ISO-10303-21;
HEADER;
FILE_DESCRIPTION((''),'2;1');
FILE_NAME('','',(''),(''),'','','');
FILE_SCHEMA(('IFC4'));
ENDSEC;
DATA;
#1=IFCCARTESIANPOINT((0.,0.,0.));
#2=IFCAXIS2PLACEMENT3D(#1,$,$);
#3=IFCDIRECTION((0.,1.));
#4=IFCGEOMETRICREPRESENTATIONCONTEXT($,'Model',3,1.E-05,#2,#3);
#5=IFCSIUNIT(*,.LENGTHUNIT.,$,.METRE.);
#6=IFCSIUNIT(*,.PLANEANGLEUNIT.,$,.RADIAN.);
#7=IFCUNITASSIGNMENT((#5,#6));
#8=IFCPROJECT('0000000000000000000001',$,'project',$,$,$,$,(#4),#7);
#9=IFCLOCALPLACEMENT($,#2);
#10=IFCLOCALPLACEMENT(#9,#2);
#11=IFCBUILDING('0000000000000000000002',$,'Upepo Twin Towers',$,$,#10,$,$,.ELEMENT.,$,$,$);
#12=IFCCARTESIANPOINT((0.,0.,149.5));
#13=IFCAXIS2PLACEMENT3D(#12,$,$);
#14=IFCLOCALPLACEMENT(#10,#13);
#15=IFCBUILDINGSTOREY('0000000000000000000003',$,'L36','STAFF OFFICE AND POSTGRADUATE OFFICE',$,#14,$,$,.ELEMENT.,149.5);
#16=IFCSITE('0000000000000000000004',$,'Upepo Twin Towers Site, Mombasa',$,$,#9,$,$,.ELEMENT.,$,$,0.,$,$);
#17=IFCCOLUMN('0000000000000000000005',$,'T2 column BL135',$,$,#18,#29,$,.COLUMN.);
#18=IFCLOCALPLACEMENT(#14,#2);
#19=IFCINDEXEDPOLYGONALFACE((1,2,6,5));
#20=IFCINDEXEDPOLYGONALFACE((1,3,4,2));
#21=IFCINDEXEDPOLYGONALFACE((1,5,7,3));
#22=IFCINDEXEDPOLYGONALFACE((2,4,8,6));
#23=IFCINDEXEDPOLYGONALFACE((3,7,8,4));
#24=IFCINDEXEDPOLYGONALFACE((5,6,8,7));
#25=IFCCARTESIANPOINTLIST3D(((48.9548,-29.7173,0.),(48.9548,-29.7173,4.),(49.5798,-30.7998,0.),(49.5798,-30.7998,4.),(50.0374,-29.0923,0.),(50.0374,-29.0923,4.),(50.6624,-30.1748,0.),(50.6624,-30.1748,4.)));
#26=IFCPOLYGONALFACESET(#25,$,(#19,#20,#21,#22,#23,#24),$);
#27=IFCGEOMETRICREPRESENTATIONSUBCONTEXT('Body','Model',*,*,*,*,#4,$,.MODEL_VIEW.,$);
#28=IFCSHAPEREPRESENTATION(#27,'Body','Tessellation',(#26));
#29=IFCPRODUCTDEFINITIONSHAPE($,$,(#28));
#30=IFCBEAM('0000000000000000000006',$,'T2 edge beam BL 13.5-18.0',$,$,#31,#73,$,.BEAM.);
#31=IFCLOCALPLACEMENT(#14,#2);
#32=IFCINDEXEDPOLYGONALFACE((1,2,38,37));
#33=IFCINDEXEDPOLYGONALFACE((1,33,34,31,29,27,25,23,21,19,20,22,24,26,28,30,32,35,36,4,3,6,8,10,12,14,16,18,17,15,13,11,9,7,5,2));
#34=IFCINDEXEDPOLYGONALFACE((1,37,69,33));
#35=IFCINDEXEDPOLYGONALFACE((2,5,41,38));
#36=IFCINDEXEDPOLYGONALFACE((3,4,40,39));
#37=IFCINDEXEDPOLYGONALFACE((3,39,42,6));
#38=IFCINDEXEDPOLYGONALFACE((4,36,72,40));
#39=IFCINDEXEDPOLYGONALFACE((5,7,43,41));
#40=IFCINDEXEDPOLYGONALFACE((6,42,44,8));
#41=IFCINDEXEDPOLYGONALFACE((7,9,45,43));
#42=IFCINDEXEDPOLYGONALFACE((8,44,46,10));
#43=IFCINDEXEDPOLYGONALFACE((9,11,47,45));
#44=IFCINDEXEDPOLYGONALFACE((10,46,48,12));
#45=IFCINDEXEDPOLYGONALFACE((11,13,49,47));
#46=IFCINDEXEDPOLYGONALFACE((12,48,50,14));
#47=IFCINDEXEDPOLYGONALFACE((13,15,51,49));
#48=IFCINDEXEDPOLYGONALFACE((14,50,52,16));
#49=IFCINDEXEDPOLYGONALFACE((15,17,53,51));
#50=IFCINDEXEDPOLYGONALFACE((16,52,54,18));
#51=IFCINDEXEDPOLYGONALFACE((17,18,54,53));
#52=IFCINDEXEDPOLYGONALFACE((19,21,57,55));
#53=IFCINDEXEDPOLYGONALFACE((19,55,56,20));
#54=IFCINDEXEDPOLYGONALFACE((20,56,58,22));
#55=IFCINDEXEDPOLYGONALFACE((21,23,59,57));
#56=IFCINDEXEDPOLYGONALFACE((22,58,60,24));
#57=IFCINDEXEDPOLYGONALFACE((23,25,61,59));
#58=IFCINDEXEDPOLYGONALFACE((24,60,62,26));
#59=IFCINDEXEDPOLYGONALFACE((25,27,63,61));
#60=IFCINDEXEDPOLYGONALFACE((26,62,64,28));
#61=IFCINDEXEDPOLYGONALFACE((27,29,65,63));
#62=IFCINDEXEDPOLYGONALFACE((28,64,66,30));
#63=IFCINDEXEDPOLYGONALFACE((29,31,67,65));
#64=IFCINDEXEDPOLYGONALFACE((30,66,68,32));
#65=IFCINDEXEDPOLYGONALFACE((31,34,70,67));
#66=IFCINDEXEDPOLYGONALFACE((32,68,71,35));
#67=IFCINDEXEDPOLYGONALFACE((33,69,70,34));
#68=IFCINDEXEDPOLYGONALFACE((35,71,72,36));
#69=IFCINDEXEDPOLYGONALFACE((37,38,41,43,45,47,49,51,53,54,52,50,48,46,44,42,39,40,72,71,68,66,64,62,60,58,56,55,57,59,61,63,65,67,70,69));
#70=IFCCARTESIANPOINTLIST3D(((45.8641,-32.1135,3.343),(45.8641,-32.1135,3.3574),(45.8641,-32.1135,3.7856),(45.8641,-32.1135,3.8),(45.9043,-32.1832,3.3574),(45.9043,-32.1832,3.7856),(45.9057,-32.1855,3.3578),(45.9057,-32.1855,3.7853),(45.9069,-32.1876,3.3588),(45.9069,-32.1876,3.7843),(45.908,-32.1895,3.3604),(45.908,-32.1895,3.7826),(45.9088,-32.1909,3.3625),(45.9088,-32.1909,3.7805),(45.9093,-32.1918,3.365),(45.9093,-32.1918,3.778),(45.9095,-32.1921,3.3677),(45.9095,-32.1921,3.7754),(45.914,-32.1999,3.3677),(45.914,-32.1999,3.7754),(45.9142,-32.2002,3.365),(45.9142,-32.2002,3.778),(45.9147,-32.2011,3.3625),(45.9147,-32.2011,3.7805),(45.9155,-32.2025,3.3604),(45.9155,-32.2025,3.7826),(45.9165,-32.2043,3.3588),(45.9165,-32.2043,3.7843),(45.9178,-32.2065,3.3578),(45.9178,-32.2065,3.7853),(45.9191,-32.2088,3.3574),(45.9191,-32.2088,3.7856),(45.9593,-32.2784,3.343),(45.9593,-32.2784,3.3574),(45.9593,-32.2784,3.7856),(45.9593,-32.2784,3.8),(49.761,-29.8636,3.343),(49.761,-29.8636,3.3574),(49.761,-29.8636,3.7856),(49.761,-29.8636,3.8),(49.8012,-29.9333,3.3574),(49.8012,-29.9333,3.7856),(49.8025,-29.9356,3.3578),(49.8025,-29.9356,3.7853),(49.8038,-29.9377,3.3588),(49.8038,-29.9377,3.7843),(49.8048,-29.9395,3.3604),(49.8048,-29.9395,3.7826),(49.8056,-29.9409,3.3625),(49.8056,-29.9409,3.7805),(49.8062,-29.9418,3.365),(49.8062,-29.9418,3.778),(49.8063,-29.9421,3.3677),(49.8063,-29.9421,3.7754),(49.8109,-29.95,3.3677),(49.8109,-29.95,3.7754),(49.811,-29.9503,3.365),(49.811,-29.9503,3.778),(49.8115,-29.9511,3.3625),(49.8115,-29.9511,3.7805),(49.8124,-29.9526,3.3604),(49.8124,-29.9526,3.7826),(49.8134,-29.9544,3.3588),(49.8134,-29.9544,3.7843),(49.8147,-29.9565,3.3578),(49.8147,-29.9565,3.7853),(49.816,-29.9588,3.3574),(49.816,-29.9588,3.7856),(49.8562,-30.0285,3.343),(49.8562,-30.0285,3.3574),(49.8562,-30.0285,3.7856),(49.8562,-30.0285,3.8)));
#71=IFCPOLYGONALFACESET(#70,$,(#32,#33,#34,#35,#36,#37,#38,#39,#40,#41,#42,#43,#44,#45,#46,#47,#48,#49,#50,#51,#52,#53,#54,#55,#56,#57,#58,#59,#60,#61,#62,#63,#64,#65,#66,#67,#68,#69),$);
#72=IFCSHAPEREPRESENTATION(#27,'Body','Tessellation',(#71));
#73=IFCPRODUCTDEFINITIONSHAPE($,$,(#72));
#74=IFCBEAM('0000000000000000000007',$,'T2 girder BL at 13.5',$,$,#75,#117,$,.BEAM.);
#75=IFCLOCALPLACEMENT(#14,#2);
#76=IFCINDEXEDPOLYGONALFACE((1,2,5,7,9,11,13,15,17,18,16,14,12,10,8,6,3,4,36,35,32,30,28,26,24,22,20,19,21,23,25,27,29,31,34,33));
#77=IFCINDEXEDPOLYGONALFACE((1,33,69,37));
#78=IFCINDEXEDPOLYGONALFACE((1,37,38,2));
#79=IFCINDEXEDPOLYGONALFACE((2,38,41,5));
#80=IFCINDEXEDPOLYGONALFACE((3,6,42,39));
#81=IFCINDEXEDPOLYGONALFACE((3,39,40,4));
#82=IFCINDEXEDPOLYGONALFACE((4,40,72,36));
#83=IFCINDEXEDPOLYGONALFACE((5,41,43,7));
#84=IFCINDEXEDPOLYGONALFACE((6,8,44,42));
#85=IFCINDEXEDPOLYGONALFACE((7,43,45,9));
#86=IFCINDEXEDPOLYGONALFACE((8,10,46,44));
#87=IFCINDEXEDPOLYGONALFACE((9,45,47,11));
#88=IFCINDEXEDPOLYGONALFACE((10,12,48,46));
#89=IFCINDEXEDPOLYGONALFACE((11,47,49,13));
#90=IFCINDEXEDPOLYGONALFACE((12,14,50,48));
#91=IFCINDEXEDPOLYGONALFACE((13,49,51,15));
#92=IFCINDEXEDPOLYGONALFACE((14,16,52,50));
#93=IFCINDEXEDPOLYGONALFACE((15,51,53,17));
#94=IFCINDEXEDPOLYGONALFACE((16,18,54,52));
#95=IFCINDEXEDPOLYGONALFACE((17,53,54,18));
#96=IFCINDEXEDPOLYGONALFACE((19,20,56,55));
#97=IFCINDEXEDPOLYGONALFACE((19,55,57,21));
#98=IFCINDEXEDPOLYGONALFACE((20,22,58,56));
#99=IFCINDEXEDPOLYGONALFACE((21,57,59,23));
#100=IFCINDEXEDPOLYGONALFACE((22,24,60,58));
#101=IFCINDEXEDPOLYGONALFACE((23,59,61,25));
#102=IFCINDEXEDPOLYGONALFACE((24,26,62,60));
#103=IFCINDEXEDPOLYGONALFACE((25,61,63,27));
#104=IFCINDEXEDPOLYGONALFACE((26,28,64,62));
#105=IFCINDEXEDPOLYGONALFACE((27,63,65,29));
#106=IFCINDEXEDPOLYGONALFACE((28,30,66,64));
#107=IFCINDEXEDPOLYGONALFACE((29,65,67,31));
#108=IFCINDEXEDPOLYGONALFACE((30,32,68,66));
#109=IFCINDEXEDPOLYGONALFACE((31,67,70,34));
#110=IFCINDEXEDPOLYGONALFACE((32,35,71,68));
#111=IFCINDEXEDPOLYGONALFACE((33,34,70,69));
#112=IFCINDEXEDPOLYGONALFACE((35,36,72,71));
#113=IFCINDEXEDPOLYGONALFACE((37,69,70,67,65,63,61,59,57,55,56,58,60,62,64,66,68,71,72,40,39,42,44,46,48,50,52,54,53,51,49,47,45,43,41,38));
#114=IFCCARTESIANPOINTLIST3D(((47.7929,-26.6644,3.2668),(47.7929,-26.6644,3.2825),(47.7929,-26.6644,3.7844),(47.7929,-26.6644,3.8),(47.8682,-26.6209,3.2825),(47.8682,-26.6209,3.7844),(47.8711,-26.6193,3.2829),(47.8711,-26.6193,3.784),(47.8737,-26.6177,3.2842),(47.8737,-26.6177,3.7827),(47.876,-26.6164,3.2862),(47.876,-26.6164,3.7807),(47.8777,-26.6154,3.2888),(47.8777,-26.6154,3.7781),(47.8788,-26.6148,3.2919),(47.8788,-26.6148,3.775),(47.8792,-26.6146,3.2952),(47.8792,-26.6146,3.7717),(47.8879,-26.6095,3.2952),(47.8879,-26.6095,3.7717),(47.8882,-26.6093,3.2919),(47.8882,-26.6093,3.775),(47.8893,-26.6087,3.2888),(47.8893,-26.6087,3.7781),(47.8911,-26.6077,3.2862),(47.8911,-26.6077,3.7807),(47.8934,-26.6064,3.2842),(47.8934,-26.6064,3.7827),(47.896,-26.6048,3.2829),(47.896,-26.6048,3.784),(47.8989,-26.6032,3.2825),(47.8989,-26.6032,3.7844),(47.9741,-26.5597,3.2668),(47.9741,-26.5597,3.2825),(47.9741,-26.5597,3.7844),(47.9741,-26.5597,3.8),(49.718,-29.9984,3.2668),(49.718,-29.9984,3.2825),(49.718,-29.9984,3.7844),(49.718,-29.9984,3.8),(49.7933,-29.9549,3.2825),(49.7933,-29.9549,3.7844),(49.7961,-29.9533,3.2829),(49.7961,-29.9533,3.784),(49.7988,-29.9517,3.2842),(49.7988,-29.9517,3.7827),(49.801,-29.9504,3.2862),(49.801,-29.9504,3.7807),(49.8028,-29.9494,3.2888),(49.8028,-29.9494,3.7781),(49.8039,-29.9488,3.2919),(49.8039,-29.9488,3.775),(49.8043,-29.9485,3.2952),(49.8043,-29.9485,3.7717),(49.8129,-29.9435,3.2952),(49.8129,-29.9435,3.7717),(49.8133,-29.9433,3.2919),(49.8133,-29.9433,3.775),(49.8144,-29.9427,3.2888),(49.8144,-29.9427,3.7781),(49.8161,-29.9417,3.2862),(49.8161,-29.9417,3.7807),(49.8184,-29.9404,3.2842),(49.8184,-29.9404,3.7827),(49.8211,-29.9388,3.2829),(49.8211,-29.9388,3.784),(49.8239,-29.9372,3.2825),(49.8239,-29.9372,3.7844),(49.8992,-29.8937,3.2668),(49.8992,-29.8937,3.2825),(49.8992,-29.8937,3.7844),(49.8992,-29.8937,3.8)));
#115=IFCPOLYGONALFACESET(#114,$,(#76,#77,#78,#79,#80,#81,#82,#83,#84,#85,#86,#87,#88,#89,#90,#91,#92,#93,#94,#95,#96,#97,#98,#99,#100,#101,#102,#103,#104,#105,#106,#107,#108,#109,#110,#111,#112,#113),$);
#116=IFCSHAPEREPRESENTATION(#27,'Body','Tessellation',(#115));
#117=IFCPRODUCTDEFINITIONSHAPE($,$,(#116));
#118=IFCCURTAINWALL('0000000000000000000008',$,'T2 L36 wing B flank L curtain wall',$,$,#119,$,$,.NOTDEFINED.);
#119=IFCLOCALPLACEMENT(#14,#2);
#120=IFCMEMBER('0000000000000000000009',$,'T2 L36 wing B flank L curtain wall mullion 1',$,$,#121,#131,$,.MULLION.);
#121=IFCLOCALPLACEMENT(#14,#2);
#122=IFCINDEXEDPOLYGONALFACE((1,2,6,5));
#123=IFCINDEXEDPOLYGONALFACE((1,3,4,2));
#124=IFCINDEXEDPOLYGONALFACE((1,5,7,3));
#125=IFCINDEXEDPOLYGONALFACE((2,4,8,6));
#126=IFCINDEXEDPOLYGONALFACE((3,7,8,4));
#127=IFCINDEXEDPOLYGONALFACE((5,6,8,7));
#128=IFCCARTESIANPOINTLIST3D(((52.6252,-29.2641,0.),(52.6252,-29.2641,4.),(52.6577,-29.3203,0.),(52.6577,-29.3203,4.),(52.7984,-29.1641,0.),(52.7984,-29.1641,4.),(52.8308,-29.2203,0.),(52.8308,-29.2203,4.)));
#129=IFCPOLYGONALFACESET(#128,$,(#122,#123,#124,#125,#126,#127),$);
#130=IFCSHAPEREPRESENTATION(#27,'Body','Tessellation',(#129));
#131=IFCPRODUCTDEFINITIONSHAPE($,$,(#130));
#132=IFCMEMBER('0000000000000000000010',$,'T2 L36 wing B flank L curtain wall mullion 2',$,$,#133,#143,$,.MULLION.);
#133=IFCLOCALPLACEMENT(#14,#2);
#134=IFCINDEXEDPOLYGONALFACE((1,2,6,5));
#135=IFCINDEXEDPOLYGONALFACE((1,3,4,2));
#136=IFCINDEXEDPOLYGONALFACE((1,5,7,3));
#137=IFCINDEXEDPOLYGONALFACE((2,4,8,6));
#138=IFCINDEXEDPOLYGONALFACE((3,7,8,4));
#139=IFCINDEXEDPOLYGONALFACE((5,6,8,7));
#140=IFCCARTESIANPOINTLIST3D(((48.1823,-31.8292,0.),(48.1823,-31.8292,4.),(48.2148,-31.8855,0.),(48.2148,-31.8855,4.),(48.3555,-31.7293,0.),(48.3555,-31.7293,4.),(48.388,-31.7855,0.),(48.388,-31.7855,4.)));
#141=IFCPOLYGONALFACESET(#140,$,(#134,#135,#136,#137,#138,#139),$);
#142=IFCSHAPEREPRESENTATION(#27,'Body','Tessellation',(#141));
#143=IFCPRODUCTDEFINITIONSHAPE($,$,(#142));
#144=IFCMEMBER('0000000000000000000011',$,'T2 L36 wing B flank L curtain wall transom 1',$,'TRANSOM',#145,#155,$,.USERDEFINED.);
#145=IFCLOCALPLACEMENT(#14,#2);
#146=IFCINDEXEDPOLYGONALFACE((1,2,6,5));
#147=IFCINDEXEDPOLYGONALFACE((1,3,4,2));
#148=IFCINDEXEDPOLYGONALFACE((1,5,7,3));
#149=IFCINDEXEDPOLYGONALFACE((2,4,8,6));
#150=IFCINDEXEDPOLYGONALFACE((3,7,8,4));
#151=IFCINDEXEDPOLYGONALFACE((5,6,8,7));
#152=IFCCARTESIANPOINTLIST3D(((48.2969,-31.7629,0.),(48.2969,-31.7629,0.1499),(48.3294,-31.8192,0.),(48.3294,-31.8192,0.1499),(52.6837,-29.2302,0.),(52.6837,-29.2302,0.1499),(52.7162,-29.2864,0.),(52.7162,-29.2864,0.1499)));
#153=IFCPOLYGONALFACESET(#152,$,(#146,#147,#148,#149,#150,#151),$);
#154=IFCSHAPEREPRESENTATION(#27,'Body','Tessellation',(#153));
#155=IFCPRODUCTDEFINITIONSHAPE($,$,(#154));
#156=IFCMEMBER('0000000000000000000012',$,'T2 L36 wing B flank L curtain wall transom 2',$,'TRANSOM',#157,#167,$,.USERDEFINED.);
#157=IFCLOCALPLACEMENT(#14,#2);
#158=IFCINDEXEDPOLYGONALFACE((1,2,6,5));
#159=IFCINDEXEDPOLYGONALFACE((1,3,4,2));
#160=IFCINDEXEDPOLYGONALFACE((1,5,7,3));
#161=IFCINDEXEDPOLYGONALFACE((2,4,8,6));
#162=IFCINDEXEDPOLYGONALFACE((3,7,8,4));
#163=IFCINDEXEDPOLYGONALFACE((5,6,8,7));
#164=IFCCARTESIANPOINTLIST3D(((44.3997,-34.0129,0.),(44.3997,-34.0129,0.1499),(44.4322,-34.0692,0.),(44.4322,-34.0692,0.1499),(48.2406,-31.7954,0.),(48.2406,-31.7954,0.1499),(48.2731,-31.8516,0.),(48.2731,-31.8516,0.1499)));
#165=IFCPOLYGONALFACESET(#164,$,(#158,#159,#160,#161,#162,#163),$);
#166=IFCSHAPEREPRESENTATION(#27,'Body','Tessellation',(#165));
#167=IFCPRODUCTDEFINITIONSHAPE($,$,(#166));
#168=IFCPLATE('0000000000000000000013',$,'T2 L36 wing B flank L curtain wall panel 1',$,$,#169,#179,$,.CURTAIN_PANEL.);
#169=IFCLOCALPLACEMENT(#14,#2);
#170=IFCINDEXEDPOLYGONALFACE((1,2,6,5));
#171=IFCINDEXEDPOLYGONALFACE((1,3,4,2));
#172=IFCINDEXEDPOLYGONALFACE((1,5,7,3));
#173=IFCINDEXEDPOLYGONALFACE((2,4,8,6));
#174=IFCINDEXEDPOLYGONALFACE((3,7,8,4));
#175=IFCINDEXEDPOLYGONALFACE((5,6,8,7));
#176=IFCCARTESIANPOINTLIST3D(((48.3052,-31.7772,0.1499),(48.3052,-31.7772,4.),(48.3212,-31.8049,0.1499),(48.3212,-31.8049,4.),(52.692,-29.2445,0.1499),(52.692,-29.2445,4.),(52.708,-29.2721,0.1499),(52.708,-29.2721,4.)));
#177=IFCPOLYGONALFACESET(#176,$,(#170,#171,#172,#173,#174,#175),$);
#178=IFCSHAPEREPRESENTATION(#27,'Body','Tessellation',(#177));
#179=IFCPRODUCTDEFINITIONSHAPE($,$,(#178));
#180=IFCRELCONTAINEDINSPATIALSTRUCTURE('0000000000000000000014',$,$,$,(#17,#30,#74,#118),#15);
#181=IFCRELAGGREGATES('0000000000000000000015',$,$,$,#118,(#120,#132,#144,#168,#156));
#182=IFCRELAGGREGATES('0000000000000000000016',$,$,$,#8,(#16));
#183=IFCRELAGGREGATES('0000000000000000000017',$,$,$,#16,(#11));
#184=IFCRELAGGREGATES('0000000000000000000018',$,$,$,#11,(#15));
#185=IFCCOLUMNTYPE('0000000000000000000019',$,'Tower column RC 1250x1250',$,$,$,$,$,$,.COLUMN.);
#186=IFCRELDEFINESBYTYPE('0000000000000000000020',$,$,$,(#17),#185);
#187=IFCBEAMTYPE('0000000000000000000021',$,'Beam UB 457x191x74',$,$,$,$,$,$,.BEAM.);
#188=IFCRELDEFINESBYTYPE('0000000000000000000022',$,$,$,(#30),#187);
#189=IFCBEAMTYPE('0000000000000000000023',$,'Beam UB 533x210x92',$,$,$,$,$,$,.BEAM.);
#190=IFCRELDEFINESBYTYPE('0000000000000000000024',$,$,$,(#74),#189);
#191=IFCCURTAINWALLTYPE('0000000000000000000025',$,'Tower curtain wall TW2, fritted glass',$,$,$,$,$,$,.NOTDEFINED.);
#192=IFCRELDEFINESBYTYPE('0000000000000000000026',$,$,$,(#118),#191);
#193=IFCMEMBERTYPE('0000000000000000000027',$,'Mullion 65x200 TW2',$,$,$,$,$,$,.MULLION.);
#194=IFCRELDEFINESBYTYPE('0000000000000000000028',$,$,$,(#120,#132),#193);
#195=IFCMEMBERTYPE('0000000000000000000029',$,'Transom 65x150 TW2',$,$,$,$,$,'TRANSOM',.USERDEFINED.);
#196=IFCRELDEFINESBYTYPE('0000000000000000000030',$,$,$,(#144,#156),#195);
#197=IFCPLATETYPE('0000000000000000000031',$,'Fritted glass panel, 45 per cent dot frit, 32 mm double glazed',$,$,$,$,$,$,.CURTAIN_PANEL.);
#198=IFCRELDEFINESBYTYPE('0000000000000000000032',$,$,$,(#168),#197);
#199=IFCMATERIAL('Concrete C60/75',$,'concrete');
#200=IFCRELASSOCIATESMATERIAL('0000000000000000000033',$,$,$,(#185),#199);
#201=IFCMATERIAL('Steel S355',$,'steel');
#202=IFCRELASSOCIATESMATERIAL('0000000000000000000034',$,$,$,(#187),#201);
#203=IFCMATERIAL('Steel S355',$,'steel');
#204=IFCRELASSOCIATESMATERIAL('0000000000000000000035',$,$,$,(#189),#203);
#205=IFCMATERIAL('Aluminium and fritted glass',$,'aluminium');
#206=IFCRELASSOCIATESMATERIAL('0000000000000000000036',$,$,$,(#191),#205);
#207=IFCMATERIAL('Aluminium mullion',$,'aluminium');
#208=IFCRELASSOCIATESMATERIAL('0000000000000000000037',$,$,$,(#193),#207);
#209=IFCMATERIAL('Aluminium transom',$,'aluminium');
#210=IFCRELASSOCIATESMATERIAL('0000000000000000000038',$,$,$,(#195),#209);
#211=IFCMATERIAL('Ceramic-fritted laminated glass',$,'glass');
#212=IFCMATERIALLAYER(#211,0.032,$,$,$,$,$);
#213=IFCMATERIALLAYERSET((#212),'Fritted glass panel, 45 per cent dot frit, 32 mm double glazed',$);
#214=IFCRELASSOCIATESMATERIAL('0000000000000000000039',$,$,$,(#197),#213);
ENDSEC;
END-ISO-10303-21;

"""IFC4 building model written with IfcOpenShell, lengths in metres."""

from ifc_helpers import new_model, si_unit, direction, frame, origin, origin_2d, place, context, subcontext, project, spatial, rectangle, i_section, extrude, material, layer, layer_set, material_profile, profile_set, type_object, element, aggregate, save


model = new_model("IFC4")

# Units and contexts
model_context = context("Model", 3, precision=1e-05, world=origin(), true_north=direction((0.0, 1.0)))
body_context = subcontext(model_context, "Body", "Model", "MODEL_VIEW")
ifc_project = project(units=[si_unit("LENGTHUNIT", "METRE"), si_unit("PLANEANGLEUNIT", "RADIAN")], contexts=[model_context])

# Site, building, storey
site_placement = place(None, origin())
site = spatial("IfcSite", under=ifc_project, at=site_placement, Name="Upepo Twin Towers Site, Mombasa", CompositionType="ELEMENT", RefElevation=0.0)
building_placement = place(site_placement, origin())
building = spatial("IfcBuilding", under=site, at=building_placement, Name="Upepo Twin Towers", CompositionType="ELEMENT")
storey_placement = place(building_placement, frame((0.0, 0.0, 149.5)))
storey = spatial("IfcBuildingStorey", under=building, at=storey_placement, Name="L36", Description="STAFF OFFICE AND POSTGRADUATE OFFICE", CompositionType="ELEMENT", Elevation=149.5)

# Column
ifc_material_1 = material(Name="Concrete C60/75", Category="concrete")
ifc_material_profile_1 = material_profile(ifc_material_1, rectangle(XDim=1.25, YDim=1.25, at=origin_2d()), Name="RC 1250x1250")
ifc_profile_set_1 = profile_set([ifc_material_profile_1], Name="Concrete C60/75")
column_type = type_object("IfcColumnType", Name="Tower column RC 1250x1250", PredefinedType="COLUMN", material=ifc_profile_set_1)
column_placement = place(storey_placement, frame((49.8086, -29.946, 0.0), z_axis=(0.0, 0.0, 1.0), x_axis=(0.866025, 0.5, 0.0)))
element("IfcColumn", 1, at=column_placement, inside=storey, type_object=column_type, Name="T2 column BL135", PredefinedType="COLUMN", context=body_context, shape_type="SweptSolid", body=[
    extrude(rectangle(XDim=1.25, YDim=1.25, at=origin_2d()), origin(), (0.0, 0.0, 1.0), 4.0),
])

# Beams
ifc_material_2 = material(Name="Steel S355", Category="steel")
ifc_material_profile_2 = material_profile(ifc_material_2, i_section(OverallWidth=0.1904, OverallDepth=0.457, WebThickness=0.009, FlangeThickness=0.0144, FilletRadius=0.0103, at=origin_2d()), Name="UB 457x191x74")
ifc_profile_set_2 = profile_set([ifc_material_profile_2], Name="Steel S355")
beam_type_1 = type_object("IfcBeamType", Name="Beam UB 457x191x74", PredefinedType="BEAM", material=ifc_profile_set_2)
beam_1_placement = place(storey_placement, frame((49.8086, -29.946, 3.5715), z_axis=(-0.866018, -0.500014, 0.0), x_axis=(0.500014, -0.866018, 0.0)))
element("IfcBeam", 2, at=beam_1_placement, inside=storey, type_object=beam_type_1, Name="T2 edge beam BL 13.5-18.0", PredefinedType="BEAM", context=body_context, shape_type="SweptSolid", body=[
    extrude(i_section(OverallWidth=0.1904, OverallDepth=0.457, WebThickness=0.009, FlangeThickness=0.0144, FilletRadius=0.0103, at=origin_2d()), origin(), (0.0, 0.0, 1.0), 4.4998),
])
ifc_material_3 = material(Name="Steel S355", Category="steel")
ifc_material_profile_3 = material_profile(ifc_material_3, i_section(OverallWidth=0.2092, OverallDepth=0.5332, WebThickness=0.01, FlangeThickness=0.0156, FilletRadius=0.0127, at=origin_2d()), Name="UB 533x210x92")
ifc_profile_set_3 = profile_set([ifc_material_profile_3], Name="Steel S355")
beam_type_2 = type_object("IfcBeamType", Name="Beam UB 533x210x92", PredefinedType="BEAM", material=ifc_profile_set_3)
beam_2_placement = place(storey_placement, frame((49.8086, -29.946, 3.5334), z_axis=(-0.500034, 0.866006, 0.0), x_axis=(-0.866006, -0.500034, 0.0)))
element("IfcBeam", 3, at=beam_2_placement, inside=storey, type_object=beam_type_2, Name="T2 girder BL at 13.5", PredefinedType="BEAM", context=body_context, shape_type="SweptSolid", body=[
    extrude(i_section(OverallWidth=0.2092, OverallDepth=0.5332, WebThickness=0.01, FlangeThickness=0.0156, FilletRadius=0.0127, at=origin_2d()), origin(), (0.0, 0.0, 1.0), 3.8499),
])

# Curtain wall, members, plate
ifc_material_4 = material(Name="Aluminium and fritted glass", Category="aluminium")
curtain_wall_type = type_object("IfcCurtainWallType", Name="Tower curtain wall TW2, fritted glass", PredefinedType="NOTDEFINED", material=ifc_material_4)
curtain_wall_placement = place(storey_placement, origin())
curtain_wall = element("IfcCurtainWall", 4, at=curtain_wall_placement, inside=storey, type_object=curtain_wall_type, Name="T2 L36 wing B flank L curtain wall", PredefinedType="NOTDEFINED")
ifc_material_5 = material(Name="Aluminium mullion", Category="aluminium")
ifc_material_profile_4 = material_profile(ifc_material_5, rectangle(XDim=0.0649, YDim=0.2, at=origin_2d()), Name="MULLION 65x200")
ifc_profile_set_4 = profile_set([ifc_material_profile_4], Name="Aluminium mullion")
member_type_1 = type_object("IfcMemberType", Name="Mullion 65x200 TW2", PredefinedType="MULLION", material=ifc_profile_set_4)
member_1_placement = place(storey_placement, frame((52.728, -29.2422, 0.0), z_axis=(0.0, 0.0, 1.0), x_axis=(0.5, -0.866025, 0.0)))
member_1 = element("IfcMember", 5, at=member_1_placement, type_object=member_type_1, Name="T2 L36 wing B flank L curtain wall mullion 1", PredefinedType="MULLION", context=body_context, shape_type="SweptSolid", body=[
    extrude(rectangle(XDim=0.0649, YDim=0.2, at=origin_2d()), origin(), (0.0, 0.0, 1.0), 4.0),
])
member_2_placement = place(storey_placement, frame((48.2852, -31.8074, 0.0), z_axis=(0.0, 0.0, 1.0), x_axis=(0.5, -0.866025, 0.0)))
member_2 = element("IfcMember", 6, at=member_2_placement, type_object=member_type_1, Name="T2 L36 wing B flank L curtain wall mullion 2", PredefinedType="MULLION", context=body_context, shape_type="SweptSolid", body=[
    extrude(rectangle(XDim=0.0649, YDim=0.2, at=origin_2d()), origin(), (0.0, 0.0, 1.0), 4.0),
])
ifc_material_6 = material(Name="Aluminium transom", Category="aluminium")
ifc_material_profile_5 = material_profile(ifc_material_6, rectangle(XDim=0.0649, YDim=0.1499, at=origin_2d()), Name="TRANSOM 65x150")
ifc_profile_set_5 = profile_set([ifc_material_profile_5], Name="Aluminium transom")
member_type_2 = type_object("IfcMemberType", Name="Transom 65x150 TW2", ElementType="TRANSOM", PredefinedType="USERDEFINED", material=ifc_profile_set_5)
member_3_placement = place(storey_placement, frame((52.7, -29.2583, 0.075), z_axis=(-0.866022, -0.500006, 0.0), x_axis=(0.500006, -0.866022, 0.0)))
member_3 = element("IfcMember", 7, at=member_3_placement, type_object=member_type_2, Name="T2 L36 wing B flank L curtain wall transom 1", ObjectType="TRANSOM", PredefinedType="USERDEFINED", context=body_context, shape_type="SweptSolid", body=[
    extrude(rectangle(XDim=0.0649, YDim=0.1499, at=origin_2d()), origin(), (0.0, 0.0, 1.0), 5.0654),
])
member_4_placement = place(storey_placement, frame((48.2568, -31.8235, 0.075), z_axis=(-0.866022, -0.500005, 0.0), x_axis=(0.500005, -0.866022, 0.0)))
member_4 = element("IfcMember", 8, at=member_4_placement, type_object=member_type_2, Name="T2 L36 wing B flank L curtain wall transom 2", ObjectType="TRANSOM", PredefinedType="USERDEFINED", context=body_context, shape_type="SweptSolid", body=[
    extrude(rectangle(XDim=0.0649, YDim=0.1499, at=origin_2d()), origin(), (0.0, 0.0, 1.0), 4.4351),
])
ifc_material_7 = material(Name="Ceramic-fritted laminated glass", Category="glass")
ifc_layer_1 = layer(ifc_material_7, 0.032)
ifc_layer_set_1 = layer_set([ifc_layer_1], Name="Fritted glass panel, 45 per cent dot frit, 32 mm double glazed")
plate_type = type_object("IfcPlateType", Name="Fritted glass panel, 45 per cent dot frit, 32 mm double glazed", PredefinedType="CURTAIN_PANEL", material=ifc_layer_set_1)
plate_placement = place(storey_placement, frame((50.5066, -30.5247, 0.1499), z_axis=(0.0, 0.0, 1.0), x_axis=(-0.866025, -0.5, 0.0)))
plate = element("IfcPlate", 9, at=plate_placement, type_object=plate_type, Name="T2 L36 wing B flank L curtain wall panel 1", PredefinedType="CURTAIN_PANEL", context=body_context, shape_type="SweptSolid", body=[
    extrude(rectangle(XDim=5.0654, YDim=0.032, at=origin_2d()), origin(), (0.0, 0.0, 1.0), 3.8501),
])
aggregate(curtain_wall, [member_1, member_2, member_3, plate, member_4])

save(model, "model.ifc")
